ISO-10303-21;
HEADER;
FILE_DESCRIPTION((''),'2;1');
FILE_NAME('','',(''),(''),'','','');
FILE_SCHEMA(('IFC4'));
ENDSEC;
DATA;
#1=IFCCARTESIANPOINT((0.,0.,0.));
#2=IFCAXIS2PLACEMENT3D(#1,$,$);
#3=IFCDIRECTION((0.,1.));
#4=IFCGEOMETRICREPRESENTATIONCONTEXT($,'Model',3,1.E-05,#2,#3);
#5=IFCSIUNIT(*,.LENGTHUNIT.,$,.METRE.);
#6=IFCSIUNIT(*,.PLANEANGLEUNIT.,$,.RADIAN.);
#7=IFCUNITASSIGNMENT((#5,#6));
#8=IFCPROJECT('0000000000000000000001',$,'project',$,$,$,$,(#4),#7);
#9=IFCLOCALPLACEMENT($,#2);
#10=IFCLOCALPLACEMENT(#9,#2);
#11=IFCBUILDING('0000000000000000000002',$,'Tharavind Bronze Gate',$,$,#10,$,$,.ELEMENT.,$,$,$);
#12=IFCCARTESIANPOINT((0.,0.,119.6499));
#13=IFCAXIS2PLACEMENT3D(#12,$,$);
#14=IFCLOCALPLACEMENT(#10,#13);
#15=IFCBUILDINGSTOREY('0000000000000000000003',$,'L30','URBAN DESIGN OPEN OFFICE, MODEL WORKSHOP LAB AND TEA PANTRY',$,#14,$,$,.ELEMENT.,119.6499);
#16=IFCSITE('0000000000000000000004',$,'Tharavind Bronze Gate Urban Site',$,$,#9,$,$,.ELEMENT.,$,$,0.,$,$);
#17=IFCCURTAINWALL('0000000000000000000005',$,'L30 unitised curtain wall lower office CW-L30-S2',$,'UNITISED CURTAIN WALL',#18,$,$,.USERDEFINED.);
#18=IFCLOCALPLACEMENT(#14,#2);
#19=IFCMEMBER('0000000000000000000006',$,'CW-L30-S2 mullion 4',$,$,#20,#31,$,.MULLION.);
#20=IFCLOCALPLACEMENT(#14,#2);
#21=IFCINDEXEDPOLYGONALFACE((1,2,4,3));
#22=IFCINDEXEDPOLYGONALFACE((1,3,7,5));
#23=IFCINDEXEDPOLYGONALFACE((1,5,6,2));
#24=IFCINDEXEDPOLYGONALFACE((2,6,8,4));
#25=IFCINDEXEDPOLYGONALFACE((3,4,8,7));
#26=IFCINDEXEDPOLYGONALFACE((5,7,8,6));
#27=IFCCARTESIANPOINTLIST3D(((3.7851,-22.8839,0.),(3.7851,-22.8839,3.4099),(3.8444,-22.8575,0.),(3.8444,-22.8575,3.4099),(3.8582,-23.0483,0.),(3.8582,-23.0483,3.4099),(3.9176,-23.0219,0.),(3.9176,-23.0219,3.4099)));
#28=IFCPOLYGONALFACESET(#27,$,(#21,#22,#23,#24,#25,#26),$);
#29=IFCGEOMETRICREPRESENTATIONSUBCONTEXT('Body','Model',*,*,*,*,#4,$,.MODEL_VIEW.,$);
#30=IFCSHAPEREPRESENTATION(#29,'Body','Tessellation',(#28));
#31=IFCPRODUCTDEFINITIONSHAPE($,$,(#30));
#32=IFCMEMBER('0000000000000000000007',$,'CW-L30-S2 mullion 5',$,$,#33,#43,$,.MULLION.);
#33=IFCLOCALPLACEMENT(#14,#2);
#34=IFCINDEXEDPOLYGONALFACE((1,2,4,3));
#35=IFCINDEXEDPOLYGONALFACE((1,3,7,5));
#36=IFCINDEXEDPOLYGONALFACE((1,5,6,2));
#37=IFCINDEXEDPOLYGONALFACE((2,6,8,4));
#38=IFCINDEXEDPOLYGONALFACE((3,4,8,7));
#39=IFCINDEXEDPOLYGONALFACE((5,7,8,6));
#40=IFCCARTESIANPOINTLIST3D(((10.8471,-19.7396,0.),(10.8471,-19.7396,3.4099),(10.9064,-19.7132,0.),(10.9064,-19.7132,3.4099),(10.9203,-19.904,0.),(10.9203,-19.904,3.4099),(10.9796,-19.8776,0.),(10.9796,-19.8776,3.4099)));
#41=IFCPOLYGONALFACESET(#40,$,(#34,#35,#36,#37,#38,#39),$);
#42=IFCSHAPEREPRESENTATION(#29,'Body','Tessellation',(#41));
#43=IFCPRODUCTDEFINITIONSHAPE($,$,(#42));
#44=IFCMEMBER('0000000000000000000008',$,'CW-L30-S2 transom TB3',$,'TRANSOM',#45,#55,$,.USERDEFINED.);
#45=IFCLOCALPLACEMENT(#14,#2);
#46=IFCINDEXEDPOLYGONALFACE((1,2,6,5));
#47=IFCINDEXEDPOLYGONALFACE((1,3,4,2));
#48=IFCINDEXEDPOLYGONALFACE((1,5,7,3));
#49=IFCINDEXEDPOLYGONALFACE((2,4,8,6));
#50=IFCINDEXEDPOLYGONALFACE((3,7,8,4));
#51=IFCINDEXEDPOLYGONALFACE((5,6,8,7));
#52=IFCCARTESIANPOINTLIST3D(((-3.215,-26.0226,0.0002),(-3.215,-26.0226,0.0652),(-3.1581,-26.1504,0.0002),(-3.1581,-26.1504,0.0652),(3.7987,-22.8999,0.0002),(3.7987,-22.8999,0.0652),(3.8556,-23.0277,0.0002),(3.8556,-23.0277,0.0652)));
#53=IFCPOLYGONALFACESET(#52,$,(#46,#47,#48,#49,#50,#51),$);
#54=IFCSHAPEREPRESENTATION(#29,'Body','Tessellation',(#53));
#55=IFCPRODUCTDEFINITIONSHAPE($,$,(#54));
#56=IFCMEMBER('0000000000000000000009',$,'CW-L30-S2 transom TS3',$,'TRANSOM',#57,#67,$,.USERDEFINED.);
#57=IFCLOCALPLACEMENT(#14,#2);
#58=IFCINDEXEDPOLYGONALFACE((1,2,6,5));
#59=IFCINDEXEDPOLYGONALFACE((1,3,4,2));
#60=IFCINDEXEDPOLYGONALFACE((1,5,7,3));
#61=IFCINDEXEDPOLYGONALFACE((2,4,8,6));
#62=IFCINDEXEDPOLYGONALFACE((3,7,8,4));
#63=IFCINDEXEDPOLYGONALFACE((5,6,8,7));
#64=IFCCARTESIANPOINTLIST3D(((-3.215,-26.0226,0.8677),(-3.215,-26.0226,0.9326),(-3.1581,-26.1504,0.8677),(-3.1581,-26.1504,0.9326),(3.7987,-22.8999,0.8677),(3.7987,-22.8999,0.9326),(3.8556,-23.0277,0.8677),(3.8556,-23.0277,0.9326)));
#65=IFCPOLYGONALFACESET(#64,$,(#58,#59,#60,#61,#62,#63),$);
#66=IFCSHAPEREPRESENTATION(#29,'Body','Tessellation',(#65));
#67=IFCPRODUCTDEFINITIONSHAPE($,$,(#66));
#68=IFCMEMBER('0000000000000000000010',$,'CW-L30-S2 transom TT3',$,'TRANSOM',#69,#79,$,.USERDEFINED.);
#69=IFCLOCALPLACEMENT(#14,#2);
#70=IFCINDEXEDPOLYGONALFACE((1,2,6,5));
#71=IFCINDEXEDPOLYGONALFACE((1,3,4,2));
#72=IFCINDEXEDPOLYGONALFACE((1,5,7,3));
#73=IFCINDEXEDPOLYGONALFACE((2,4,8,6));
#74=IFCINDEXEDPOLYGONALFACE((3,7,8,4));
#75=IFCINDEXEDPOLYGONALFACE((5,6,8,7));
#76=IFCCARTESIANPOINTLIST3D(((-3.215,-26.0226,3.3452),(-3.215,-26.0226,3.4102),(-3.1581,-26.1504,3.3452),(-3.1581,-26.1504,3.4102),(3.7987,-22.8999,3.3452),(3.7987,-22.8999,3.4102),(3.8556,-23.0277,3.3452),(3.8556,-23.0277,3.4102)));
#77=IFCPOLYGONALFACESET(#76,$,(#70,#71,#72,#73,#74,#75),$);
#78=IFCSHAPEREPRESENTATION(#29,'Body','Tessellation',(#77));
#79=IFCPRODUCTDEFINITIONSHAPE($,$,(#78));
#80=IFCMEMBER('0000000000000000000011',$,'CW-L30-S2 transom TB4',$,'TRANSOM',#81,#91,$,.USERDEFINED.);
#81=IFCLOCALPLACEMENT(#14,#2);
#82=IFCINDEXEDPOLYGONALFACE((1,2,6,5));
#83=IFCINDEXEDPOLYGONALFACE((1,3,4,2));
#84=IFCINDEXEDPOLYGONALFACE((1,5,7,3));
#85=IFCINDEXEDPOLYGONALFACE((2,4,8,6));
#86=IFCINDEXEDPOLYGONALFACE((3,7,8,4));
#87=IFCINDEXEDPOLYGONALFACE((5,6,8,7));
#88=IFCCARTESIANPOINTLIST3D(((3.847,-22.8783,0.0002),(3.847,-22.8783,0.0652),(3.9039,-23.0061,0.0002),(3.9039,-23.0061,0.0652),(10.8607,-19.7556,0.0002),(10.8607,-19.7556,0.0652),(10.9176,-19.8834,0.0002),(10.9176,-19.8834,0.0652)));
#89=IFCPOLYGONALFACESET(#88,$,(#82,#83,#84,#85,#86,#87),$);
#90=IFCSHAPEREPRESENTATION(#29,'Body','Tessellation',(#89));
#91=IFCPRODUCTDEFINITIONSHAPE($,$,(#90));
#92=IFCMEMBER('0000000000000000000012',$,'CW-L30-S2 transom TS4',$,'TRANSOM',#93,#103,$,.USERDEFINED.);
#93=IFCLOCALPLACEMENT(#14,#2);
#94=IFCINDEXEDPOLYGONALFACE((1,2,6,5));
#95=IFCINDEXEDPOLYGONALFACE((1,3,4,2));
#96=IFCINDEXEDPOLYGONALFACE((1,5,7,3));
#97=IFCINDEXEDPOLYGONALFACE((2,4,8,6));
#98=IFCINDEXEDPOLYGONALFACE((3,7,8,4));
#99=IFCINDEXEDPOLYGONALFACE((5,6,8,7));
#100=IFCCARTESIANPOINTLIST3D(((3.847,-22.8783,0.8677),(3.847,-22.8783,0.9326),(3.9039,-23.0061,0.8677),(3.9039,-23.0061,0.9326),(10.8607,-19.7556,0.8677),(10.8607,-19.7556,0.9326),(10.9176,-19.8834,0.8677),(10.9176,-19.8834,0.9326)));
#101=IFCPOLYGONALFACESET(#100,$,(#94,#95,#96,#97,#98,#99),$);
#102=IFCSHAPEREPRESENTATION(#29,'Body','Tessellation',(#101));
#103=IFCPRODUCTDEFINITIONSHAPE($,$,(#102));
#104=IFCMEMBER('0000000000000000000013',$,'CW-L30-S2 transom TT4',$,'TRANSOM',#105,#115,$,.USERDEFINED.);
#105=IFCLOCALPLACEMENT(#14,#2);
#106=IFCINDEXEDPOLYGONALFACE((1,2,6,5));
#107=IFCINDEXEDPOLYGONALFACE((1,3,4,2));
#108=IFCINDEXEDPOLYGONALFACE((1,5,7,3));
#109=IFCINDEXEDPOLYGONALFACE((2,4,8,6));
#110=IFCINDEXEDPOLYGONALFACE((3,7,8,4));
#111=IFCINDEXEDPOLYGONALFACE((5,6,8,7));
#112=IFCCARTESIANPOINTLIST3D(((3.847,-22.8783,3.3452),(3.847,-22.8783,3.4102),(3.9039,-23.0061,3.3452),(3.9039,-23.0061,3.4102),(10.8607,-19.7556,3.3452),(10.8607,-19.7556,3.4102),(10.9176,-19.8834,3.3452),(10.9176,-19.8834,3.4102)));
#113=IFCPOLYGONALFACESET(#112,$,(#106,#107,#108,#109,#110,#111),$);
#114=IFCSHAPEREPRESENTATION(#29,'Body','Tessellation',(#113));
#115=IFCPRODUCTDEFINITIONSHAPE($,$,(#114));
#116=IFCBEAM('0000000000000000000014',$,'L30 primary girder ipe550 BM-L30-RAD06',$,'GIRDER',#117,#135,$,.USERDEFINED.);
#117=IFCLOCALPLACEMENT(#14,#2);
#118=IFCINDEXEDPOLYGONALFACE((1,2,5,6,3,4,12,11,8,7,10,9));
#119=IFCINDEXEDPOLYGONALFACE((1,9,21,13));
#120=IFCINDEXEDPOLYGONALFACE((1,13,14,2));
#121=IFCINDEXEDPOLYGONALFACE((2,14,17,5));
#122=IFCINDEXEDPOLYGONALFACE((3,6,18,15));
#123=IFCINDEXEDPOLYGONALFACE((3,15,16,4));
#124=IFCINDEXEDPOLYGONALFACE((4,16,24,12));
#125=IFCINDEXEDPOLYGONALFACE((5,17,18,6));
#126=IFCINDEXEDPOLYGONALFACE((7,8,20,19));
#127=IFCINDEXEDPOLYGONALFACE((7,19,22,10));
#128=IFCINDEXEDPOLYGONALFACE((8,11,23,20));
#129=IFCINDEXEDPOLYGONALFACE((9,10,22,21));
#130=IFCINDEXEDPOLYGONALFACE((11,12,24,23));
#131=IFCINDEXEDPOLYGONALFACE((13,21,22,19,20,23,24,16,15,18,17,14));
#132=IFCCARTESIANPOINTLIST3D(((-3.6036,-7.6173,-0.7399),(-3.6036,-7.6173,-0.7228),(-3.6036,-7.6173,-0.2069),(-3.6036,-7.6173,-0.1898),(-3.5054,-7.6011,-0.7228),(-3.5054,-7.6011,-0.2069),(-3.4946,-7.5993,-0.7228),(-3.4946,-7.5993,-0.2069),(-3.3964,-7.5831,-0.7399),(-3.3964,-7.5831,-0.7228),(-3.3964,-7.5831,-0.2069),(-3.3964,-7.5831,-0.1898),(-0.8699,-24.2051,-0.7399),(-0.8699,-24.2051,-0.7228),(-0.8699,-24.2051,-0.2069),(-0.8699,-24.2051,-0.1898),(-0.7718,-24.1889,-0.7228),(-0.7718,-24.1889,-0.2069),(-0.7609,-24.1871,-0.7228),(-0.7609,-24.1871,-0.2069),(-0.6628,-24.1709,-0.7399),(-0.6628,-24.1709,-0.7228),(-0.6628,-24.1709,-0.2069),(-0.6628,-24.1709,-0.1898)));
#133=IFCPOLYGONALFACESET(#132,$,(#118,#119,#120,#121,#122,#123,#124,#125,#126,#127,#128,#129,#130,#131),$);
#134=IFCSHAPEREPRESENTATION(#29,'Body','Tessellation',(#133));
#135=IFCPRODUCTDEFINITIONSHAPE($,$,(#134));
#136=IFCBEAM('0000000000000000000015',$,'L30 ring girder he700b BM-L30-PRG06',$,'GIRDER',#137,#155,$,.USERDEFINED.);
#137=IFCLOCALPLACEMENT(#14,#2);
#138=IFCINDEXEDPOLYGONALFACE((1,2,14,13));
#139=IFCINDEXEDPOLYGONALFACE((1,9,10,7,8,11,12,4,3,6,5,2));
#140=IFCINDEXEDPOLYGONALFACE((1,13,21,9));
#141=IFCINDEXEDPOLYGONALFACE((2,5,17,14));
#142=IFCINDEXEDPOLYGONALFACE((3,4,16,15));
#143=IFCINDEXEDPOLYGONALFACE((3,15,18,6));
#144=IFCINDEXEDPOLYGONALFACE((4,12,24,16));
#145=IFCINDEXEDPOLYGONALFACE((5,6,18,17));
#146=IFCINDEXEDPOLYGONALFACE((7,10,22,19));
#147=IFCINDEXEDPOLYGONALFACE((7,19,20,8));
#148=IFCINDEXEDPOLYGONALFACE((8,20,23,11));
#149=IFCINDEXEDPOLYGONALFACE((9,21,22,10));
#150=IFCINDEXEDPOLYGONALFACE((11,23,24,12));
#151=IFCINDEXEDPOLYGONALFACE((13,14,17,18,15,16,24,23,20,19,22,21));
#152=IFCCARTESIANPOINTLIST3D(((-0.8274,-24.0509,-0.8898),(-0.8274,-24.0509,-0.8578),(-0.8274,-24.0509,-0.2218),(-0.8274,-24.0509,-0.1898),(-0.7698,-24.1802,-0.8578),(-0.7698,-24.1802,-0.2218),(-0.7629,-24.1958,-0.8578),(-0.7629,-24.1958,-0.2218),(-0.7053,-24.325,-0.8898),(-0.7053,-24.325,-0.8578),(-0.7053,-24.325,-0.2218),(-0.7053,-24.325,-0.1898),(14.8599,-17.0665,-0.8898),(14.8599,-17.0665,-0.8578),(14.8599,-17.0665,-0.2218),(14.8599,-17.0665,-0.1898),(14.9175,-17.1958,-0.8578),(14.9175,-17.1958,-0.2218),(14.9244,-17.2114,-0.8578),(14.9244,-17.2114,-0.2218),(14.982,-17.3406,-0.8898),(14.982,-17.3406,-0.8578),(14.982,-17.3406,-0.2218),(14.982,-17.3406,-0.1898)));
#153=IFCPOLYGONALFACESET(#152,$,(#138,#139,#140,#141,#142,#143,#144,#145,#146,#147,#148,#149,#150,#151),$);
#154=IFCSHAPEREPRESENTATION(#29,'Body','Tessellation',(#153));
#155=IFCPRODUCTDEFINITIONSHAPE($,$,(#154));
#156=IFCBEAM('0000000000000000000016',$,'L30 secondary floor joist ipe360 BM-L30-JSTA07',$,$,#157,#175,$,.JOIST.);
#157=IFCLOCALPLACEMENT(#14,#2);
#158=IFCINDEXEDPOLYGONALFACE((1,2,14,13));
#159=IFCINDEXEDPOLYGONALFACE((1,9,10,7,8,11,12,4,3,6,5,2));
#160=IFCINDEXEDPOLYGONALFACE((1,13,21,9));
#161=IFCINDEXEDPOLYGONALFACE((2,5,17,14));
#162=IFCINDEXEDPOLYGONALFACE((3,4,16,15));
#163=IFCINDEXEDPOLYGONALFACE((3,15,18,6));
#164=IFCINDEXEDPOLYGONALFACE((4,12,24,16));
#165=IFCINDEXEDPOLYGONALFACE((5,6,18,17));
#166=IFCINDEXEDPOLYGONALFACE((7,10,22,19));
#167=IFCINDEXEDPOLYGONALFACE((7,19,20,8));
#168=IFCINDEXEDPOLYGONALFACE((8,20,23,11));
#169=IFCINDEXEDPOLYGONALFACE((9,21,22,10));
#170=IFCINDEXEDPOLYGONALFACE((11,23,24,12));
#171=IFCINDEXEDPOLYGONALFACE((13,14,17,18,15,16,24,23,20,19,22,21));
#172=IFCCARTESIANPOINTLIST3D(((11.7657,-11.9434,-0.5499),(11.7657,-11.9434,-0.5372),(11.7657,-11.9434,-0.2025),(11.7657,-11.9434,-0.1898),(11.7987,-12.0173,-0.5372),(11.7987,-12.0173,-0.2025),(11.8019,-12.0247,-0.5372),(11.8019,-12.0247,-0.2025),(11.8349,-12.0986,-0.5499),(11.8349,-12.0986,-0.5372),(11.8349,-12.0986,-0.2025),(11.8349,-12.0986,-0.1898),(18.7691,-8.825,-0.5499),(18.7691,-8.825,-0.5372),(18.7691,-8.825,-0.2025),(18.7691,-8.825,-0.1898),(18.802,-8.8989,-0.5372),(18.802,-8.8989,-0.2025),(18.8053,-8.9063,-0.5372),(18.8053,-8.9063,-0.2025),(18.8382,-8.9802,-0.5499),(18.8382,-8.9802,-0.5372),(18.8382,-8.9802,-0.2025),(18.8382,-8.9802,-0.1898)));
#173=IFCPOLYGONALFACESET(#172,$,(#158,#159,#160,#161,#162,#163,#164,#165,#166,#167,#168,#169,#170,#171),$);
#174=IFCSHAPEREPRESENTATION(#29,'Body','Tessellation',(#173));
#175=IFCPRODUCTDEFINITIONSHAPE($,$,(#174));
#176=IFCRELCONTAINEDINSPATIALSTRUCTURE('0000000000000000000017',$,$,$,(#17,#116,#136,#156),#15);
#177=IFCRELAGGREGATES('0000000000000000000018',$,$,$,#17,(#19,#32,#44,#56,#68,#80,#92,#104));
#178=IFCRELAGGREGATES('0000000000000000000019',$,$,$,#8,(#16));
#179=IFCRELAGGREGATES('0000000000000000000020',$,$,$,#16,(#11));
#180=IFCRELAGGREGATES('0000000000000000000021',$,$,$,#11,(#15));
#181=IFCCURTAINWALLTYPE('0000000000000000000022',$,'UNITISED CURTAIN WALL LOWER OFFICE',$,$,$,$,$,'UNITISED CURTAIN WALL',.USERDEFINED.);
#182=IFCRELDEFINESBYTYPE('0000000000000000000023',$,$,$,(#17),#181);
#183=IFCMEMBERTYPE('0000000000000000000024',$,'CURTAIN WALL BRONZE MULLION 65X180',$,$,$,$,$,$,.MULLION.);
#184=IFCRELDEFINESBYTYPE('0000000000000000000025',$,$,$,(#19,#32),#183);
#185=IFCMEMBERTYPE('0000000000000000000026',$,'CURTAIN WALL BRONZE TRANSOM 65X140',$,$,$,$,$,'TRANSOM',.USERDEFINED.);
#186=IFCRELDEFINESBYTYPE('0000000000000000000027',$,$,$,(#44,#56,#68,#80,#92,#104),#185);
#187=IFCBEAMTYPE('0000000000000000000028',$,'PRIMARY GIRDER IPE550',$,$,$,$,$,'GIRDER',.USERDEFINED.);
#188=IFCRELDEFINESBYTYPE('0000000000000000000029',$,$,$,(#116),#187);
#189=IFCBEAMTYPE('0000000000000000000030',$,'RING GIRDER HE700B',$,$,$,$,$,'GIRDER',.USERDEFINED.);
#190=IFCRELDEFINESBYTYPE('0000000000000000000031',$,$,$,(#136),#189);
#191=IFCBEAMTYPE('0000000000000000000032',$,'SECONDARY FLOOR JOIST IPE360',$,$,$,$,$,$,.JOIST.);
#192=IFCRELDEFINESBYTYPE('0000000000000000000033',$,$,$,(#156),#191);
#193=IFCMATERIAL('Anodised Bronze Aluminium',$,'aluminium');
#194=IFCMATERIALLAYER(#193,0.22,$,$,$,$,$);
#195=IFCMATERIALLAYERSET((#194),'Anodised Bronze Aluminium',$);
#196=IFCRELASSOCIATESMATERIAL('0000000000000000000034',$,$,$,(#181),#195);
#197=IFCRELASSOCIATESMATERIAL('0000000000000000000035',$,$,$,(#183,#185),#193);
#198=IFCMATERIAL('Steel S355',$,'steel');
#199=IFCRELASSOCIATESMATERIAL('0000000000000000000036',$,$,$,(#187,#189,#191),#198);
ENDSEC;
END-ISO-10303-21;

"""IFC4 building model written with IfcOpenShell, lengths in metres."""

from ifc_helpers import new_model, si_unit, direction, frame, origin, origin_2d, place, context, subcontext, project, spatial, rectangle, i_section, extrude, material, layer, layer_set, material_profile, profile_set, type_object, element, aggregate, save


model = new_model("IFC4")

# Units and contexts
model_context = context("Model", 3, precision=1e-05, world=origin(), true_north=direction((0.0, 1.0)))
body_context = subcontext(model_context, "Body", "Model", "MODEL_VIEW")
ifc_project = project(units=[si_unit("LENGTHUNIT", "METRE"), si_unit("PLANEANGLEUNIT", "RADIAN")], contexts=[model_context])

# Site, building, storey
site_placement = place(None, origin())
site = spatial("IfcSite", under=ifc_project, at=site_placement, Name="Tharavind Bronze Gate Urban Site", CompositionType="ELEMENT", RefElevation=0.0)
building_placement = place(site_placement, origin())
building = spatial("IfcBuilding", under=site, at=building_placement, Name="Tharavind Bronze Gate", CompositionType="ELEMENT")
storey_placement = place(building_placement, frame((0.0, 0.0, 119.6499)))
storey = spatial("IfcBuildingStorey", under=building, at=storey_placement, Name="L30", Description="URBAN DESIGN OPEN OFFICE, MODEL WORKSHOP LAB AND TEA PANTRY", CompositionType="ELEMENT", Elevation=119.6499)

# Curtain wall, members
ifc_material_1 = material(Name="Anodised Bronze Aluminium", Category="aluminium")
ifc_layer_1 = layer(ifc_material_1, 0.22)
ifc_layer_set_1 = layer_set([ifc_layer_1], Name="Anodised Bronze Aluminium")
curtain_wall_type = type_object("IfcCurtainWallType", Name="UNITISED CURTAIN WALL LOWER OFFICE", ElementType="UNITISED CURTAIN WALL", PredefinedType="USERDEFINED", material=ifc_layer_set_1)
curtain_wall_placement = place(storey_placement, origin())
curtain_wall = element("IfcCurtainWall", 1, at=curtain_wall_placement, inside=storey, type_object=curtain_wall_type, Name="L30 unitised curtain wall lower office CW-L30-S2", ObjectType="UNITISED CURTAIN WALL", PredefinedType="USERDEFINED")
member_type_1 = type_object("IfcMemberType", Name="CURTAIN WALL BRONZE MULLION 65X180", PredefinedType="MULLION", material=ifc_material_1)
member_1_placement = place(storey_placement, frame((3.8513, -22.9529, 0.0), z_axis=(0.0, 0.0, 1.0), x_axis=(0.913545, 0.406737, 0.0)))
member_1 = element("IfcMember", 2, at=member_1_placement, type_object=member_type_1, Name="CW-L30-S2 mullion 4", PredefinedType="MULLION", context=body_context, shape_type="SweptSolid", body=[
    extrude(rectangle(XDim=0.0649, YDim=0.1799, at=origin_2d()), origin(), (0.0, 0.0, 1.0), 3.4099),
])
member_2_placement = place(storey_placement, frame((10.9133, -19.8086, 0.0), z_axis=(0.0, 0.0, 1.0), x_axis=(0.913545, 0.406737, 0.0)))
member_2 = element("IfcMember", 3, at=member_2_placement, type_object=member_type_1, Name="CW-L30-S2 mullion 5", PredefinedType="MULLION", context=body_context, shape_type="SweptSolid", body=[
    extrude(rectangle(XDim=0.0649, YDim=0.1799, at=origin_2d()), origin(), (0.0, 0.0, 1.0), 3.4099),
])
member_type_2 = type_object("IfcMemberType", Name="CURTAIN WALL BRONZE TRANSOM 65X140", ElementType="TRANSOM", PredefinedType="USERDEFINED", material=ifc_material_1)
member_3_placement = place(storey_placement, frame((0.3203, -24.5251, 0.0002), z_axis=(0.0, 0.0, 1.0), x_axis=(0.913545, 0.406737, 0.0)))
member_3 = element("IfcMember", 4, at=member_3_placement, type_object=member_type_2, Name="CW-L30-S2 transom TB3", ObjectType="TRANSOM", PredefinedType="USERDEFINED", context=body_context, shape_type="SweptSolid", body=[
    extrude(rectangle(XDim=7.6775, YDim=0.1399, at=origin_2d()), origin(), (0.0, 0.0, 1.0), 0.0649),
])
member_4_placement = place(storey_placement, frame((0.3203, -24.5251, 0.8677), z_axis=(0.0, 0.0, 1.0), x_axis=(0.913545, 0.406737, 0.0)))
member_4 = element("IfcMember", 5, at=member_4_placement, type_object=member_type_2, Name="CW-L30-S2 transom TS3", ObjectType="TRANSOM", PredefinedType="USERDEFINED", context=body_context, shape_type="SweptSolid", body=[
    extrude(rectangle(XDim=7.6775, YDim=0.1399, at=origin_2d()), origin(), (0.0, 0.0, 1.0), 0.0649),
])
member_5_placement = place(storey_placement, frame((0.3203, -24.5251, 3.3452), z_axis=(0.0, 0.0, 1.0), x_axis=(0.913545, 0.406737, 0.0)))
member_5 = element("IfcMember", 6, at=member_5_placement, type_object=member_type_2, Name="CW-L30-S2 transom TT3", ObjectType="TRANSOM", PredefinedType="USERDEFINED", context=body_context, shape_type="SweptSolid", body=[
    extrude(rectangle(XDim=7.6775, YDim=0.1399, at=origin_2d()), origin(), (0.0, 0.0, 1.0), 0.0649),
])
member_6_placement = place(storey_placement, frame((7.3823, -21.3809, 0.0002), z_axis=(0.0, 0.0, 1.0), x_axis=(0.913545, 0.406737, 0.0)))
member_6 = element("IfcMember", 7, at=member_6_placement, type_object=member_type_2, Name="CW-L30-S2 transom TB4", ObjectType="TRANSOM", PredefinedType="USERDEFINED", context=body_context, shape_type="SweptSolid", body=[
    extrude(rectangle(XDim=7.6775, YDim=0.1399, at=origin_2d()), origin(), (0.0, 0.0, 1.0), 0.0649),
])
member_7_placement = place(storey_placement, frame((7.3823, -21.3809, 0.8677), z_axis=(0.0, 0.0, 1.0), x_axis=(0.913545, 0.406737, 0.0)))
member_7 = element("IfcMember", 8, at=member_7_placement, type_object=member_type_2, Name="CW-L30-S2 transom TS4", ObjectType="TRANSOM", PredefinedType="USERDEFINED", context=body_context, shape_type="SweptSolid", body=[
    extrude(rectangle(XDim=7.6775, YDim=0.1399, at=origin_2d()), origin(), (0.0, 0.0, 1.0), 0.0649),
])
member_8_placement = place(storey_placement, frame((7.3823, -21.3809, 3.3452), z_axis=(0.0, 0.0, 1.0), x_axis=(0.913545, 0.406737, 0.0)))
member_8 = element("IfcMember", 9, at=member_8_placement, type_object=member_type_2, Name="CW-L30-S2 transom TT4", ObjectType="TRANSOM", PredefinedType="USERDEFINED", context=body_context, shape_type="SweptSolid", body=[
    extrude(rectangle(XDim=7.6775, YDim=0.1399, at=origin_2d()), origin(), (0.0, 0.0, 1.0), 0.0649),
])

# Beams
ifc_material_2 = material(Name="Steel S355", Category="steel")
ifc_material_profile_1 = material_profile(ifc_material_2, i_section(OverallWidth=0.21, OverallDepth=0.55, WebThickness=0.011, FlangeThickness=0.0171, at=origin_2d()), Name="IPE550")
ifc_profile_set_1 = profile_set([ifc_material_profile_1], Name="Steel S355")
beam_type_1 = type_object("IfcBeamType", Name="PRIMARY GIRDER IPE550", ElementType="GIRDER", PredefinedType="USERDEFINED", material=ifc_profile_set_1)
beam_1_placement = place(storey_placement, frame((-0.7664, -24.188, -0.4648), z_axis=(-0.162604, 0.986691, 0.0), x_axis=(-0.986691, -0.162604, 0.0)))
element("IfcBeam", 10, at=beam_1_placement, inside=storey, type_object=beam_type_1, Name="L30 primary girder ipe550 BM-L30-RAD06", ObjectType="GIRDER", PredefinedType="USERDEFINED", context=body_context, shape_type="SweptSolid", body=[
    extrude(i_section(OverallWidth=0.21, OverallDepth=0.55, WebThickness=0.011, FlangeThickness=0.0171, at=origin_2d()), origin(), (0.0, 0.0, 1.0), 16.8115),
])
ifc_material_profile_2 = material_profile(ifc_material_2, i_section(OverallWidth=0.3, OverallDepth=0.7, WebThickness=0.0171, FlangeThickness=0.032, at=origin_2d()), Name="HE700B")
ifc_profile_set_2 = profile_set([ifc_material_profile_2], Name="Steel S355")
beam_type_2 = type_object("IfcBeamType", Name="RING GIRDER HE700B", ElementType="GIRDER", PredefinedType="USERDEFINED", material=ifc_profile_set_2)
beam_2_placement = place(storey_placement, frame((-0.7664, -24.188, -0.5398), z_axis=(0.913546, 0.406735, 0.0), x_axis=(-0.406735, 0.913546, 0.0)))
element("IfcBeam", 11, at=beam_2_placement, inside=storey, type_object=beam_type_2, Name="L30 ring girder he700b BM-L30-PRG06", ObjectType="GIRDER", PredefinedType="USERDEFINED", context=body_context, shape_type="SweptSolid", body=[
    extrude(i_section(OverallWidth=0.3, OverallDepth=0.7, WebThickness=0.0171, FlangeThickness=0.032, at=origin_2d()), origin(), (0.0, 0.0, 1.0), 17.1719),
])
ifc_material_profile_3 = material_profile(ifc_material_2, i_section(OverallWidth=0.1699, OverallDepth=0.3601, WebThickness=0.0081, FlangeThickness=0.0127, at=origin_2d()), Name="IPE360")
ifc_profile_set_3 = profile_set([ifc_material_profile_3], Name="Steel S355")
beam_type_3 = type_object("IfcBeamType", Name="SECONDARY FLOOR JOIST IPE360", PredefinedType="JOIST", material=ifc_profile_set_3)
beam_3_placement = place(storey_placement, frame((11.8003, -12.021, -0.3699), z_axis=(0.913532, 0.406768, 0.0), x_axis=(-0.406768, 0.913532, 0.0)))
element("IfcBeam", 12, at=beam_3_placement, inside=storey, type_object=beam_type_3, Name="L30 secondary floor joist ipe360 BM-L30-JSTA07", PredefinedType="JOIST", context=body_context, shape_type="SweptSolid", body=[
    extrude(i_section(OverallWidth=0.1699, OverallDepth=0.3601, WebThickness=0.0081, FlangeThickness=0.0127, at=origin_2d()), origin(), (0.0, 0.0, 1.0), 7.6663),
])

aggregate(curtain_wall, [member_1, member_2, member_3, member_4, member_5, member_6, member_7, member_8])

save(model, "model.ifc")
